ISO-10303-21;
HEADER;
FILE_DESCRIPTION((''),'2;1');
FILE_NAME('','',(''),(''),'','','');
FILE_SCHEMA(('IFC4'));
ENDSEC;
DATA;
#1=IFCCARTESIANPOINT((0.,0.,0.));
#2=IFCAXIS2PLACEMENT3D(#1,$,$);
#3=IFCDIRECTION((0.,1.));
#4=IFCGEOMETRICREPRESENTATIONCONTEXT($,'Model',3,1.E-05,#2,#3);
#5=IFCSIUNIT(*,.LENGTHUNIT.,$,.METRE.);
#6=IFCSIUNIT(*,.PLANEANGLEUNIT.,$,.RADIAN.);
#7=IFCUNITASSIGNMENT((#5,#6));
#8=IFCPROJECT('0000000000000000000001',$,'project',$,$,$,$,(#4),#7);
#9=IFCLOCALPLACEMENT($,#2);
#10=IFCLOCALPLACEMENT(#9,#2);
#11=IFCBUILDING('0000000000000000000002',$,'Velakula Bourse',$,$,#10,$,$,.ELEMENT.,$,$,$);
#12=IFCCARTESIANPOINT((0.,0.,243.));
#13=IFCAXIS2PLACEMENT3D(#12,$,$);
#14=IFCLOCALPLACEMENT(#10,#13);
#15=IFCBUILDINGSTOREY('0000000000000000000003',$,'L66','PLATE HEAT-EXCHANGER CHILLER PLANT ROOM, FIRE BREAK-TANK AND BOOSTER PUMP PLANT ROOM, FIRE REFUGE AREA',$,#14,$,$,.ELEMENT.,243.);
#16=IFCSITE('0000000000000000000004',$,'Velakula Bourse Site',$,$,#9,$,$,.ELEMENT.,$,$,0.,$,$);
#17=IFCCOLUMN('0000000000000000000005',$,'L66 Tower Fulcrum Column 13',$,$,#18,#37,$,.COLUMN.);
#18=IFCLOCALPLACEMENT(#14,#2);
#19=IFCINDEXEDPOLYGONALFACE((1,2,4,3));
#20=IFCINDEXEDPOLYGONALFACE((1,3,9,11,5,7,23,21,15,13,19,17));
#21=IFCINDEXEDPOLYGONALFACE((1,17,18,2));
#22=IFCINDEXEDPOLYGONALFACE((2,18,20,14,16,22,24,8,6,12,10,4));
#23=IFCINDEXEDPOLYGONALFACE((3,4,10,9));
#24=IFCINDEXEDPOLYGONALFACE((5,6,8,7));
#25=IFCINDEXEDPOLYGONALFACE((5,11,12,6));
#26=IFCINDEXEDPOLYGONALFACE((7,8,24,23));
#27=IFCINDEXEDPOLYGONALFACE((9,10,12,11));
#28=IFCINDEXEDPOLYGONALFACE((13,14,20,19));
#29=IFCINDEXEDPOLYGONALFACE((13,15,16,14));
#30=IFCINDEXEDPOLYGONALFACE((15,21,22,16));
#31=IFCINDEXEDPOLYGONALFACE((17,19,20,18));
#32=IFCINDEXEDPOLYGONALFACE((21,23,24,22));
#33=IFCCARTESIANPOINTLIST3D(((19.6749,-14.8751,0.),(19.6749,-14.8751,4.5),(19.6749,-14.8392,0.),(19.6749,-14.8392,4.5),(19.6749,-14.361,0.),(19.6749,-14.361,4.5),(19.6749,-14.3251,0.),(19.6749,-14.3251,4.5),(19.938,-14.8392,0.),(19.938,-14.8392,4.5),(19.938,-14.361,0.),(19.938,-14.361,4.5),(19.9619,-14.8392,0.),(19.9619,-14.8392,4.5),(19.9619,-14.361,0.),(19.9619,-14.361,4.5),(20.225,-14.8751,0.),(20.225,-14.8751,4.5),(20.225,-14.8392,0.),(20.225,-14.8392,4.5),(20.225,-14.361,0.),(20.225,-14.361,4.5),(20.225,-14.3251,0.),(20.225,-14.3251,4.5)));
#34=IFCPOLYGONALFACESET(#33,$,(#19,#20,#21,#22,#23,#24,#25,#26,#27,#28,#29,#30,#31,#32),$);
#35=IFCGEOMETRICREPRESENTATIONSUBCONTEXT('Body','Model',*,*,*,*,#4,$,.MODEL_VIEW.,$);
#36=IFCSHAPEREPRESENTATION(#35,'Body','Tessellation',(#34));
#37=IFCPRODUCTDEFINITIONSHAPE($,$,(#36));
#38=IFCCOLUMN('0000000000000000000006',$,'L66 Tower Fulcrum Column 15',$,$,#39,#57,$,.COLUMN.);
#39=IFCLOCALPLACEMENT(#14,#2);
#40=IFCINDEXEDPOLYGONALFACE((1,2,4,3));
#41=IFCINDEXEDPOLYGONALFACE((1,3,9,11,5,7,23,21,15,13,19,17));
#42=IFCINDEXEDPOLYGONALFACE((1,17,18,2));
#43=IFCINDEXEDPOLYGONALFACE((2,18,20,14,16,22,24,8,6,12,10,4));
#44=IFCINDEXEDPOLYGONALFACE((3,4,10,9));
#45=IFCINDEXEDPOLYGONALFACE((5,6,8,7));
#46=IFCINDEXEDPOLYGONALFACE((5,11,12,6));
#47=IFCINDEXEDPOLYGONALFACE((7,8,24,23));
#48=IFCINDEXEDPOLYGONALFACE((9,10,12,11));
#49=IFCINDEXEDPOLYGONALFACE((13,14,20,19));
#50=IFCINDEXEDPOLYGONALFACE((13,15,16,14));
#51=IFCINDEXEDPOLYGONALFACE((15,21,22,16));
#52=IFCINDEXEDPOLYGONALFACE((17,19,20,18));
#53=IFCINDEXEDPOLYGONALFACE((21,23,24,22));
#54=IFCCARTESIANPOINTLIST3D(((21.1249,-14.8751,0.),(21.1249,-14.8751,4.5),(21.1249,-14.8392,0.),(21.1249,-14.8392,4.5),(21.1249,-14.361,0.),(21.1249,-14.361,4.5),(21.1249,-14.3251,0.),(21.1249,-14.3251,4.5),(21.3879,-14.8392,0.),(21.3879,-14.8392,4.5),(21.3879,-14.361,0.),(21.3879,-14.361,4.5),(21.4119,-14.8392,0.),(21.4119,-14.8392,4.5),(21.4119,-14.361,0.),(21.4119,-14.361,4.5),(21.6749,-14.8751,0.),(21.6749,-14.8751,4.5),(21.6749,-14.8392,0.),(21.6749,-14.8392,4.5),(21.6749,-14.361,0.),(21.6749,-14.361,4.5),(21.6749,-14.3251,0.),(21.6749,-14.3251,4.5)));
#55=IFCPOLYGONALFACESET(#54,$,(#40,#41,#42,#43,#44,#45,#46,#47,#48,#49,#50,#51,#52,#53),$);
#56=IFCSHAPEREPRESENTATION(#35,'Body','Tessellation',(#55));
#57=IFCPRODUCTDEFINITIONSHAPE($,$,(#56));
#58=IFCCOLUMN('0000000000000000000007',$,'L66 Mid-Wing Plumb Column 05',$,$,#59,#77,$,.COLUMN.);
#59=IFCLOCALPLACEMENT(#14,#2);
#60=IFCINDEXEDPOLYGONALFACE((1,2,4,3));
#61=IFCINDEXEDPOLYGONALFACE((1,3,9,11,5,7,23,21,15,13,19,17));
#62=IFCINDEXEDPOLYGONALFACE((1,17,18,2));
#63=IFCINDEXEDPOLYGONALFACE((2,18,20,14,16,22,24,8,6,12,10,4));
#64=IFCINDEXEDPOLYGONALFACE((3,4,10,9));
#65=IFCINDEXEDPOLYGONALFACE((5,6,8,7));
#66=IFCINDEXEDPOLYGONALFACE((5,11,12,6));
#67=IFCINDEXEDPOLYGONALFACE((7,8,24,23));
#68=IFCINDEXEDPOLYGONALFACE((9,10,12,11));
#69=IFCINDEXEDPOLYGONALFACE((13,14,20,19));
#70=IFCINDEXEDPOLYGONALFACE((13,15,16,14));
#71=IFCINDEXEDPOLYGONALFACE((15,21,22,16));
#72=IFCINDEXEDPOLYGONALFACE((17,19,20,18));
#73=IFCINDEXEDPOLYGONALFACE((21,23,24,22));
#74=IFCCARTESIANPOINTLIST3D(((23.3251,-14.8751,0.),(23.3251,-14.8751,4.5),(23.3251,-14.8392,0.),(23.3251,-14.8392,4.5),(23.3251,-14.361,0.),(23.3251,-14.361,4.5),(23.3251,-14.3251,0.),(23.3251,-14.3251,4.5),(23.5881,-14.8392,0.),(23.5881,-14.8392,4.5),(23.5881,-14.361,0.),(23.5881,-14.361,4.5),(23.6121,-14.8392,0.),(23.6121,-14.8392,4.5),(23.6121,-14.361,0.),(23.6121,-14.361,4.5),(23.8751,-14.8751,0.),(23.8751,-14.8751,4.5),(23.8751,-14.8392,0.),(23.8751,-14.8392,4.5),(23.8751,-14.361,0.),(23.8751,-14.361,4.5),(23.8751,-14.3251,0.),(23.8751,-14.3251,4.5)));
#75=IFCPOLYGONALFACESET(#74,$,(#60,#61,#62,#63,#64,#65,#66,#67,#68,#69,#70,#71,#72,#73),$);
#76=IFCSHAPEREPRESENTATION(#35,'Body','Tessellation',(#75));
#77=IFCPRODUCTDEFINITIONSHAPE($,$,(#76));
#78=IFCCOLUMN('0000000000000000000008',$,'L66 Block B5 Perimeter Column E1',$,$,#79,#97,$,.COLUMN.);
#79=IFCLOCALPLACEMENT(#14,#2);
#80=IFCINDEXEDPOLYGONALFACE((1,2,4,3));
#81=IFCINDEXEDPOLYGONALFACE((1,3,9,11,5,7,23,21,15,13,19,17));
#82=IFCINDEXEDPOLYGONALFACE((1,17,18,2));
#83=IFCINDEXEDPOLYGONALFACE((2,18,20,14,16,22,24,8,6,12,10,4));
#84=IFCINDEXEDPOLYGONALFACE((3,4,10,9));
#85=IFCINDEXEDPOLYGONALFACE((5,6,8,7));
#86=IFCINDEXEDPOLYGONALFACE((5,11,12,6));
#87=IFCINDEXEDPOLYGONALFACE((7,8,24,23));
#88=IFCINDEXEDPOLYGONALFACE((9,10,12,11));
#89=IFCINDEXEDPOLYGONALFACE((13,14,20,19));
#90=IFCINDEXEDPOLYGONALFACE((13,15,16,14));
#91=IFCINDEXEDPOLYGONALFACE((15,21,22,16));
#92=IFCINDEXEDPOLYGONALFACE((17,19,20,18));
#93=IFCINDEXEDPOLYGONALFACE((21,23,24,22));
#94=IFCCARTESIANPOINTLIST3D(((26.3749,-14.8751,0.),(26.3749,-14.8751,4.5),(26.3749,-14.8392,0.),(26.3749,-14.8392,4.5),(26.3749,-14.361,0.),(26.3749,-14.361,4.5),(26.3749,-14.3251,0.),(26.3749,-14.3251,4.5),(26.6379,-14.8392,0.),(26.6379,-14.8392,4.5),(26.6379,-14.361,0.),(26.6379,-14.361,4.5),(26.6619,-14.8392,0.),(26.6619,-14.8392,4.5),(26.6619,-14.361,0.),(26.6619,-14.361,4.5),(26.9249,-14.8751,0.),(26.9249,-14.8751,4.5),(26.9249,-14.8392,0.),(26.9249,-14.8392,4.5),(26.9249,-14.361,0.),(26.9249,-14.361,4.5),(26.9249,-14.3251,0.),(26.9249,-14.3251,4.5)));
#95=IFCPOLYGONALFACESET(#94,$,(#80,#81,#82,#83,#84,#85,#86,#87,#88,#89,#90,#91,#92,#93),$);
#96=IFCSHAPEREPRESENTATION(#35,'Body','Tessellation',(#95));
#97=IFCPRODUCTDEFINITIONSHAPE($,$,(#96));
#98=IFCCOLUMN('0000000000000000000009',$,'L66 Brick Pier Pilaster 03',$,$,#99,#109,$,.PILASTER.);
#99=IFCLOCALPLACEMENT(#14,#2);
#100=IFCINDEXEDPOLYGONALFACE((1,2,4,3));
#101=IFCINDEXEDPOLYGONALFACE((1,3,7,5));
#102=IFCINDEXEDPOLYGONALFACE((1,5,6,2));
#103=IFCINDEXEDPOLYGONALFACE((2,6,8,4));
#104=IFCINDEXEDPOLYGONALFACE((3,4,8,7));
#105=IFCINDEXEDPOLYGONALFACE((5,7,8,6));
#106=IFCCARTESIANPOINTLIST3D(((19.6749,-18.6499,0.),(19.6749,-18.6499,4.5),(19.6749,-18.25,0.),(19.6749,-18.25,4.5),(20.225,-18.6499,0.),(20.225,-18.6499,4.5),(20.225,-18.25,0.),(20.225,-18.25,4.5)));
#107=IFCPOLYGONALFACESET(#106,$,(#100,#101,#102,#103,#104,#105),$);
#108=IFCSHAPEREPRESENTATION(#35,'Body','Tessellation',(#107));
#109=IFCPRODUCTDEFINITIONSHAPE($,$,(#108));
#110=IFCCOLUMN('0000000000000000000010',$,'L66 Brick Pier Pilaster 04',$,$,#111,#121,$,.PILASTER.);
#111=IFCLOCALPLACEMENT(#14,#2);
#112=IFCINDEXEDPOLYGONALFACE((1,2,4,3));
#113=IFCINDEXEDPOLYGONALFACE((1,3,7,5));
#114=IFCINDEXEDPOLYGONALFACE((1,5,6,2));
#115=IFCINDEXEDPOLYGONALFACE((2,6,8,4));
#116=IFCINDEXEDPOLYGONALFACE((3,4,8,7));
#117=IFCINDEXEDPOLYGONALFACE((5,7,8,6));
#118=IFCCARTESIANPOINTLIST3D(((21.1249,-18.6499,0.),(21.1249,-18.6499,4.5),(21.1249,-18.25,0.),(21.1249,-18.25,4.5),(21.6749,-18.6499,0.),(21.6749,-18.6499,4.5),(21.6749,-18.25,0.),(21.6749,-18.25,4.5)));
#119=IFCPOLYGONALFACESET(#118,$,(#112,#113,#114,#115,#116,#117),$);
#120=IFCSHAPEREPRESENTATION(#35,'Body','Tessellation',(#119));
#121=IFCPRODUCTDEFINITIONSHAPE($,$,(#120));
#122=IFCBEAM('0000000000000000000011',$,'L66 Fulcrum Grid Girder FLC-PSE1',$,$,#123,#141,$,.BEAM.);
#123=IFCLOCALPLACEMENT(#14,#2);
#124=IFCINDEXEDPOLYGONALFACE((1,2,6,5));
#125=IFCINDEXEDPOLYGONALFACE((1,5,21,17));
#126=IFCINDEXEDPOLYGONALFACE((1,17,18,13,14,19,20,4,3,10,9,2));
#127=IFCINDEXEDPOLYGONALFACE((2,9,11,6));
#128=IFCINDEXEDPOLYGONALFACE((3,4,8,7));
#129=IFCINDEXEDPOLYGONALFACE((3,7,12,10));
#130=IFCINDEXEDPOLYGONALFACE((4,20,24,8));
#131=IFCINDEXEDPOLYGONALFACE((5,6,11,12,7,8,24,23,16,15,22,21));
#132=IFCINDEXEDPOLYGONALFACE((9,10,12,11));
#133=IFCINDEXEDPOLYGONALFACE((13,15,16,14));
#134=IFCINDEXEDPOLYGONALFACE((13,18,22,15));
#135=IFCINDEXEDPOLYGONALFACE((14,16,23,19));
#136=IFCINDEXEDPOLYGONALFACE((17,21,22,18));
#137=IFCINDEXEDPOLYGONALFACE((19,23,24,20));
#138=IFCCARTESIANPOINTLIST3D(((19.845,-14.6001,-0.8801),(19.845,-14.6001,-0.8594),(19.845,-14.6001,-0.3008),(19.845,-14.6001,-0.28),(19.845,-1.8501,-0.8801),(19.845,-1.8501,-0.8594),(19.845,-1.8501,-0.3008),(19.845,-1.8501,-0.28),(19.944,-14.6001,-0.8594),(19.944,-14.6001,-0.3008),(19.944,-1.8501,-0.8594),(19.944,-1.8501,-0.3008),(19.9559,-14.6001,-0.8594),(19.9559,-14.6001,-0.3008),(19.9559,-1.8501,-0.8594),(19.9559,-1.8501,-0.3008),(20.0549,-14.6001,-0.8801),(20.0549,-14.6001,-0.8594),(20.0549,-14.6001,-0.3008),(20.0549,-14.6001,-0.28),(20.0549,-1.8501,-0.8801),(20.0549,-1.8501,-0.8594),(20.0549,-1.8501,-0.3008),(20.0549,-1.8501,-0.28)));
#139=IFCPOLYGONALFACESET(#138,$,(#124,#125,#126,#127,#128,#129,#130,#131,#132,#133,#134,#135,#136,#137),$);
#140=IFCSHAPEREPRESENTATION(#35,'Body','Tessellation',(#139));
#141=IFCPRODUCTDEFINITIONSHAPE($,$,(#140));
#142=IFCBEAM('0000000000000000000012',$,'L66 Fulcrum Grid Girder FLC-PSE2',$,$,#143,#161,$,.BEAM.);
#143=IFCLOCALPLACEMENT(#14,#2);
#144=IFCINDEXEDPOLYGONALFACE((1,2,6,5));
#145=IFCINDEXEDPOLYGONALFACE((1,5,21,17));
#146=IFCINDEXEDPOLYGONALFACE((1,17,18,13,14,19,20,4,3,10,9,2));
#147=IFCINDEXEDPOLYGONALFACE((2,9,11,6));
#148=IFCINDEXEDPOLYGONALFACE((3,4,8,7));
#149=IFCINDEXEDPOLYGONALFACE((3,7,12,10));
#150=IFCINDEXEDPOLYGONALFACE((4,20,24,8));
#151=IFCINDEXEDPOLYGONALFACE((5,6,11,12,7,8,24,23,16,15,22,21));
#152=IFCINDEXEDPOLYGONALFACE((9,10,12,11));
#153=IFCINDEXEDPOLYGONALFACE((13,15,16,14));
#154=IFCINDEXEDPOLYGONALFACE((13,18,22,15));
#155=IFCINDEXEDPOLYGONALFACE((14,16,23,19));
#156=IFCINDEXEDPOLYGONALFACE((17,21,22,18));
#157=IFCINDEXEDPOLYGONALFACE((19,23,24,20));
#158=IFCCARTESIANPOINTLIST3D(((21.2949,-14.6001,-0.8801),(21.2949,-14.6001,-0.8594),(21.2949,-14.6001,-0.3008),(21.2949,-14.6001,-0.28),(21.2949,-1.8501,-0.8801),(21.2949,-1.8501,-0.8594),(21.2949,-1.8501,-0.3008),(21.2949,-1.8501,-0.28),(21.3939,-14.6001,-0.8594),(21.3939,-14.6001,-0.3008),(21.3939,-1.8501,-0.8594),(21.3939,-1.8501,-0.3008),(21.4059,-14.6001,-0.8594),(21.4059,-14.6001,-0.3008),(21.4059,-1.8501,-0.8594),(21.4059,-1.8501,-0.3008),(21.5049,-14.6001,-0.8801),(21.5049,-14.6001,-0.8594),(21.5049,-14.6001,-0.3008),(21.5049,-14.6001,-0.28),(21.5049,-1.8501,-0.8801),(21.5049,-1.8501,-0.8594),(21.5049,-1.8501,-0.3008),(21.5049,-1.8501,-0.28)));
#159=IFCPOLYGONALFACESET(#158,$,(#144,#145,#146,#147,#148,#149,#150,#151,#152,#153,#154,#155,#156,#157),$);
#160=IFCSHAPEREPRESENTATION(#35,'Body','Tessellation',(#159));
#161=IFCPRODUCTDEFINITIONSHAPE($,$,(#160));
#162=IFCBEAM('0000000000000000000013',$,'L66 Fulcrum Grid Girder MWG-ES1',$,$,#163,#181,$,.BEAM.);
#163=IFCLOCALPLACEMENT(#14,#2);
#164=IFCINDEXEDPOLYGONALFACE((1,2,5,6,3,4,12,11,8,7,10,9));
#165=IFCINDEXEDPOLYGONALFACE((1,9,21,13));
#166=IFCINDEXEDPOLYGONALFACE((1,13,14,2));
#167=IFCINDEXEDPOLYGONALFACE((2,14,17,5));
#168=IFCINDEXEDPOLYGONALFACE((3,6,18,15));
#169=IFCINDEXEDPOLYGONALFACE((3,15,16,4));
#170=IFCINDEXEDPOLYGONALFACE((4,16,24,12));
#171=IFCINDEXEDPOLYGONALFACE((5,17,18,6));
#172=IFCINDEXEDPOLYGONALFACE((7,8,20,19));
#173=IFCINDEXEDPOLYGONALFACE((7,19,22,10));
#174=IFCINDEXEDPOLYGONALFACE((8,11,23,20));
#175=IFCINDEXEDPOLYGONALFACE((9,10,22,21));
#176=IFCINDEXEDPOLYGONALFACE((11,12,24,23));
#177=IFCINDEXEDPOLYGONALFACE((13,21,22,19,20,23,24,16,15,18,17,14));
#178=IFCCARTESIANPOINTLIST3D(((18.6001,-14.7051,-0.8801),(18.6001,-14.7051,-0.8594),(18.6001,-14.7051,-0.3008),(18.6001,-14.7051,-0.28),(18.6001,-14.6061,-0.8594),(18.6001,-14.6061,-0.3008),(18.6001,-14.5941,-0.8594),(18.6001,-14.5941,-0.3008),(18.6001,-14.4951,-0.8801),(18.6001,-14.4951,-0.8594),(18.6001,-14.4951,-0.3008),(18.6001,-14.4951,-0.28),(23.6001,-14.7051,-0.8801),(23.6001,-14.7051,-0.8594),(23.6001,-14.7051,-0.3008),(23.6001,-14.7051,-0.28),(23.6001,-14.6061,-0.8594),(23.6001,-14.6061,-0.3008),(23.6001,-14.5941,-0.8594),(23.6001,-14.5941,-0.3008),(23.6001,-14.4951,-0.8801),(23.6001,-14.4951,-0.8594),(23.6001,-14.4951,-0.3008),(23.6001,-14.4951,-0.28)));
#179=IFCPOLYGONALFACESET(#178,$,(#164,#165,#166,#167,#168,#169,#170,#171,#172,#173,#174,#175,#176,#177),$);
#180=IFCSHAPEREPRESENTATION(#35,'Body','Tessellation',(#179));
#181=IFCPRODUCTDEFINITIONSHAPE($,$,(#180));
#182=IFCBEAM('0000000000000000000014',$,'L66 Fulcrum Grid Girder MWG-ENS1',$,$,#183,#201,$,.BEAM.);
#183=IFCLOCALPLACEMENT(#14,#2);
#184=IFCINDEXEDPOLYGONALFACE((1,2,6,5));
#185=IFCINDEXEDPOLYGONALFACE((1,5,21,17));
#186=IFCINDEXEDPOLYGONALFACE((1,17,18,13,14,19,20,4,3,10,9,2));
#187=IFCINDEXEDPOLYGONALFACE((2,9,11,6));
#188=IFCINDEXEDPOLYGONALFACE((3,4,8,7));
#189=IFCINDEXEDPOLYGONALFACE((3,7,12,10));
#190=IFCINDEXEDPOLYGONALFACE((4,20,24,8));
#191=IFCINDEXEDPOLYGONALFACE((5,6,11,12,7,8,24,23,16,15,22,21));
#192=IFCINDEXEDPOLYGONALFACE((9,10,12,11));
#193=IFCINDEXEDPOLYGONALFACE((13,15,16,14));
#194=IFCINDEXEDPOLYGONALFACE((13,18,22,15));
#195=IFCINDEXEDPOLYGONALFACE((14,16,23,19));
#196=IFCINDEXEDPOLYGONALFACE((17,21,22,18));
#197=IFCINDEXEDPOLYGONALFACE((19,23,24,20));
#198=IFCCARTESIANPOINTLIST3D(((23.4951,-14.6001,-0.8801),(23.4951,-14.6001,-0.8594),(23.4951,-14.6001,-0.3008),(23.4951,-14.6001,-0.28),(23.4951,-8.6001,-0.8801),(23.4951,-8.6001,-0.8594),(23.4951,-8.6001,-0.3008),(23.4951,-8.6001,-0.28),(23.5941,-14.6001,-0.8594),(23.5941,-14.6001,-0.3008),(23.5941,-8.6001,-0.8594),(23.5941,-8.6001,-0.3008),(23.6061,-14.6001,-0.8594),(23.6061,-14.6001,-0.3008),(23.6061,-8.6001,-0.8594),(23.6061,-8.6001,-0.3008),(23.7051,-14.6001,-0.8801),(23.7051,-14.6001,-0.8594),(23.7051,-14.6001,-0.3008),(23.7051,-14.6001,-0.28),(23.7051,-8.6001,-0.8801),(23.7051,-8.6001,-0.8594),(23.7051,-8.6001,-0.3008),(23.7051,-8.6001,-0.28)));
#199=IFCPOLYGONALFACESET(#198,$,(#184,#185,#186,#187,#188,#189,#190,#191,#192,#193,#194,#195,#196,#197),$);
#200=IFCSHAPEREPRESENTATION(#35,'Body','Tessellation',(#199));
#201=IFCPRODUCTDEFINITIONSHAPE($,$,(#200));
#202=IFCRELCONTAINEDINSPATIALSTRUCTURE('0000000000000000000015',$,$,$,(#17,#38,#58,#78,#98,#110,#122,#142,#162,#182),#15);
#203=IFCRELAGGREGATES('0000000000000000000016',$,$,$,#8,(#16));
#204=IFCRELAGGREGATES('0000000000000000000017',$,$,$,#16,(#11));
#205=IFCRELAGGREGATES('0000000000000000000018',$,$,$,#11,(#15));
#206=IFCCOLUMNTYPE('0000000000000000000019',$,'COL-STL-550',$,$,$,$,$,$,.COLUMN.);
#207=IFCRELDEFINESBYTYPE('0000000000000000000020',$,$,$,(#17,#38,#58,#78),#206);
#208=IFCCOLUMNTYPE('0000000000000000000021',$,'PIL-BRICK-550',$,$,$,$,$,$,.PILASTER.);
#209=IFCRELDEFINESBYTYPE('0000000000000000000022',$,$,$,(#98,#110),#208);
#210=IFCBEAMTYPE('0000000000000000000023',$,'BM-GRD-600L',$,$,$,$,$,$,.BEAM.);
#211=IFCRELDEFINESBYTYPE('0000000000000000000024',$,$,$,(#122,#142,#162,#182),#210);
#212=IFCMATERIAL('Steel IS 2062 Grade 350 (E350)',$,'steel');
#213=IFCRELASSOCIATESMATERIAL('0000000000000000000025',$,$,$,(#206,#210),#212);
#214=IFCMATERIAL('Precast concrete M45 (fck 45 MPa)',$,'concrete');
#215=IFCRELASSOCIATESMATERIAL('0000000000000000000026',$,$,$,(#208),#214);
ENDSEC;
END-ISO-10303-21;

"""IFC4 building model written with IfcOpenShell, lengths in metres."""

from ifc_helpers import new_model, si_unit, direction, frame, origin, origin_2d, place, context, subcontext, project, spatial, rectangle, i_section, extrude, material, material_profile, profile_set, type_object, element, save


model = new_model("IFC4")

# Units and contexts
model_context = context("Model", 3, precision=1e-05, world=origin(), true_north=direction((0.0, 1.0)))
body_context = subcontext(model_context, "Body", "Model", "MODEL_VIEW")
ifc_project = project(units=[si_unit("LENGTHUNIT", "METRE"), si_unit("PLANEANGLEUNIT", "RADIAN")], contexts=[model_context])

# Site, building, storey
site_placement = place(None, origin())
site = spatial("IfcSite", under=ifc_project, at=site_placement, Name="Velakula Bourse Site", CompositionType="ELEMENT", RefElevation=0.0)
building_placement = place(site_placement, origin())
building = spatial("IfcBuilding", under=site, at=building_placement, Name="Velakula Bourse", CompositionType="ELEMENT")
storey_placement = place(building_placement, frame((0.0, 0.0, 243.0)))
storey = spatial("IfcBuildingStorey", under=building, at=storey_placement, Name="L66", Description="PLATE HEAT-EXCHANGER CHILLER PLANT ROOM, FIRE BREAK-TANK AND BOOSTER PUMP PLANT ROOM, FIRE REFUGE AREA", CompositionType="ELEMENT", Elevation=243.0)

# Columns
ifc_material_1 = material(Name="Steel IS 2062 Grade 350 (E350)", Category="steel")
ifc_material_profile_1 = material_profile(ifc_material_1, i_section(OverallWidth=0.55, OverallDepth=0.55, WebThickness=0.0239, FlangeThickness=0.0359, at=origin_2d()), Name="Steel IS 2062 Grade 350 (E350)")
ifc_profile_set_1 = profile_set([ifc_material_profile_1], Name="Steel IS 2062 Grade 350 (E350)")
column_type_1 = type_object("IfcColumnType", Name="COL-STL-550", PredefinedType="COLUMN", material=ifc_profile_set_1)
for number, where, z_axis, x_axis, name in (
    (1, (19.95, -14.6001, 0.0), (0.0, 0.0, 1.0), (1.0, 0.0, 0.0), "L66 Tower Fulcrum Column 13"),
    (2, (21.3999, -14.6001, 0.0), (0.0, 0.0, 1.0), (1.0, 0.0, 0.0), "L66 Tower Fulcrum Column 15"),
    (3, (23.6001, -14.6001, 0.0), (0.0, 0.0, 1.0), (1.0, 0.0, 0.0), "L66 Mid-Wing Plumb Column 05"),
    (4, (26.6499, -14.6001, 0.0), (0.0, 0.0, 1.0), (1.0, 0.0, 0.0), "L66 Block B5 Perimeter Column E1"),
):
    element("IfcColumn", number, at=place(storey_placement, frame(where, z_axis=z_axis, x_axis=x_axis)), inside=storey, type_object=column_type_1, Name=name, PredefinedType="COLUMN", context=body_context, shape_type="SweptSolid", body=[
        extrude(i_section(OverallWidth=0.55, OverallDepth=0.55, WebThickness=0.0239, FlangeThickness=0.0359, at=origin_2d()), origin(), (0.0, 0.0, 1.0), 4.5),
    ])
ifc_material_2 = material(Name="Precast concrete M45 (fck 45 MPa)", Category="concrete")
ifc_material_profile_2 = material_profile(ifc_material_2, rectangle(XDim=0.55, YDim=0.3999, at=origin_2d()), Name="Precast concrete M45 (fck 45 MPa)")
ifc_profile_set_2 = profile_set([ifc_material_profile_2], Name="Precast concrete M45 (fck 45 MPa)")
column_type_2 = type_object("IfcColumnType", Name="PIL-BRICK-550", PredefinedType="PILASTER", material=ifc_profile_set_2)
for number, where, z_axis, x_axis, name in (
    (5, (19.95, -18.45, 0.0), (0.0, 0.0, 1.0), (1.0, 0.0, 0.0), "L66 Brick Pier Pilaster 03"),
    (6, (21.3999, -18.45, 0.0), (0.0, 0.0, 1.0), (1.0, 0.0, 0.0), "L66 Brick Pier Pilaster 04"),
):
    element("IfcColumn", number, at=place(storey_placement, frame(where, z_axis=z_axis, x_axis=x_axis)), inside=storey, type_object=column_type_2, Name=name, PredefinedType="PILASTER", context=body_context, shape_type="SweptSolid", body=[
        extrude(rectangle(XDim=0.55, YDim=0.3999, at=origin_2d()), origin(), (0.0, 0.0, 1.0), 4.5),
    ])

# Beams
ifc_material_profile_3 = material_profile(ifc_material_1, i_section(OverallWidth=0.21, OverallDepth=0.6001, WebThickness=0.012, FlangeThickness=0.0208, at=origin_2d()), Name="Steel IS 2062 Grade 350 (E350)")
ifc_profile_set_3 = profile_set([ifc_material_profile_3], Name="Steel IS 2062 Grade 350 (E350)")
beam_type_1 = type_object("IfcBeamType", Name="BM-GRD-600L", PredefinedType="BEAM", material=ifc_profile_set_3)
for number, where, z_axis, x_axis, name in (
    (7, (19.95, -14.6001, -0.5801), (0.0, 1.0, 0.0), (-1.0, 0.0, 0.0), "L66 Fulcrum Grid Girder FLC-PSE1"),
    (8, (21.3999, -14.6001, -0.5801), (0.0, 1.0, 0.0), (-1.0, 0.0, 0.0), "L66 Fulcrum Grid Girder FLC-PSE2"),
):
    element("IfcBeam", number, at=place(storey_placement, frame(where, z_axis=z_axis, x_axis=x_axis)), inside=storey, type_object=beam_type_1, Name=name, PredefinedType="BEAM", context=body_context, shape_type="SweptSolid", body=[
        extrude(i_section(OverallWidth=0.21, OverallDepth=0.6001, WebThickness=0.012, FlangeThickness=0.0208, at=origin_2d()), origin(), (0.0, 0.0, 1.0), 12.75),
    ])
beam_1_placement = place(storey_placement, frame((18.6001, -14.6001, -0.5801), z_axis=(1.0, 0.0, 0.0), x_axis=(0.0, 1.0, 0.0)))
element("IfcBeam", 9, at=beam_1_placement, inside=storey, type_object=beam_type_1, Name="L66 Fulcrum Grid Girder MWG-ES1", PredefinedType="BEAM", context=body_context, shape_type="SweptSolid", body=[
    extrude(i_section(OverallWidth=0.21, OverallDepth=0.6001, WebThickness=0.012, FlangeThickness=0.0208, at=origin_2d()), origin(), (0.0, 0.0, 1.0), 5.0),
])
beam_2_placement = place(storey_placement, frame((23.6001, -14.6001, -0.5801), z_axis=(0.0, 1.0, 0.0), x_axis=(-1.0, 0.0, 0.0)))
element("IfcBeam", 10, at=beam_2_placement, inside=storey, type_object=beam_type_1, Name="L66 Fulcrum Grid Girder MWG-ENS1", PredefinedType="BEAM", context=body_context, shape_type="SweptSolid", body=[
    extrude(i_section(OverallWidth=0.21, OverallDepth=0.6001, WebThickness=0.012, FlangeThickness=0.0208, at=origin_2d()), origin(), (0.0, 0.0, 1.0), 6.0),
])

save(model, "model.ifc")
